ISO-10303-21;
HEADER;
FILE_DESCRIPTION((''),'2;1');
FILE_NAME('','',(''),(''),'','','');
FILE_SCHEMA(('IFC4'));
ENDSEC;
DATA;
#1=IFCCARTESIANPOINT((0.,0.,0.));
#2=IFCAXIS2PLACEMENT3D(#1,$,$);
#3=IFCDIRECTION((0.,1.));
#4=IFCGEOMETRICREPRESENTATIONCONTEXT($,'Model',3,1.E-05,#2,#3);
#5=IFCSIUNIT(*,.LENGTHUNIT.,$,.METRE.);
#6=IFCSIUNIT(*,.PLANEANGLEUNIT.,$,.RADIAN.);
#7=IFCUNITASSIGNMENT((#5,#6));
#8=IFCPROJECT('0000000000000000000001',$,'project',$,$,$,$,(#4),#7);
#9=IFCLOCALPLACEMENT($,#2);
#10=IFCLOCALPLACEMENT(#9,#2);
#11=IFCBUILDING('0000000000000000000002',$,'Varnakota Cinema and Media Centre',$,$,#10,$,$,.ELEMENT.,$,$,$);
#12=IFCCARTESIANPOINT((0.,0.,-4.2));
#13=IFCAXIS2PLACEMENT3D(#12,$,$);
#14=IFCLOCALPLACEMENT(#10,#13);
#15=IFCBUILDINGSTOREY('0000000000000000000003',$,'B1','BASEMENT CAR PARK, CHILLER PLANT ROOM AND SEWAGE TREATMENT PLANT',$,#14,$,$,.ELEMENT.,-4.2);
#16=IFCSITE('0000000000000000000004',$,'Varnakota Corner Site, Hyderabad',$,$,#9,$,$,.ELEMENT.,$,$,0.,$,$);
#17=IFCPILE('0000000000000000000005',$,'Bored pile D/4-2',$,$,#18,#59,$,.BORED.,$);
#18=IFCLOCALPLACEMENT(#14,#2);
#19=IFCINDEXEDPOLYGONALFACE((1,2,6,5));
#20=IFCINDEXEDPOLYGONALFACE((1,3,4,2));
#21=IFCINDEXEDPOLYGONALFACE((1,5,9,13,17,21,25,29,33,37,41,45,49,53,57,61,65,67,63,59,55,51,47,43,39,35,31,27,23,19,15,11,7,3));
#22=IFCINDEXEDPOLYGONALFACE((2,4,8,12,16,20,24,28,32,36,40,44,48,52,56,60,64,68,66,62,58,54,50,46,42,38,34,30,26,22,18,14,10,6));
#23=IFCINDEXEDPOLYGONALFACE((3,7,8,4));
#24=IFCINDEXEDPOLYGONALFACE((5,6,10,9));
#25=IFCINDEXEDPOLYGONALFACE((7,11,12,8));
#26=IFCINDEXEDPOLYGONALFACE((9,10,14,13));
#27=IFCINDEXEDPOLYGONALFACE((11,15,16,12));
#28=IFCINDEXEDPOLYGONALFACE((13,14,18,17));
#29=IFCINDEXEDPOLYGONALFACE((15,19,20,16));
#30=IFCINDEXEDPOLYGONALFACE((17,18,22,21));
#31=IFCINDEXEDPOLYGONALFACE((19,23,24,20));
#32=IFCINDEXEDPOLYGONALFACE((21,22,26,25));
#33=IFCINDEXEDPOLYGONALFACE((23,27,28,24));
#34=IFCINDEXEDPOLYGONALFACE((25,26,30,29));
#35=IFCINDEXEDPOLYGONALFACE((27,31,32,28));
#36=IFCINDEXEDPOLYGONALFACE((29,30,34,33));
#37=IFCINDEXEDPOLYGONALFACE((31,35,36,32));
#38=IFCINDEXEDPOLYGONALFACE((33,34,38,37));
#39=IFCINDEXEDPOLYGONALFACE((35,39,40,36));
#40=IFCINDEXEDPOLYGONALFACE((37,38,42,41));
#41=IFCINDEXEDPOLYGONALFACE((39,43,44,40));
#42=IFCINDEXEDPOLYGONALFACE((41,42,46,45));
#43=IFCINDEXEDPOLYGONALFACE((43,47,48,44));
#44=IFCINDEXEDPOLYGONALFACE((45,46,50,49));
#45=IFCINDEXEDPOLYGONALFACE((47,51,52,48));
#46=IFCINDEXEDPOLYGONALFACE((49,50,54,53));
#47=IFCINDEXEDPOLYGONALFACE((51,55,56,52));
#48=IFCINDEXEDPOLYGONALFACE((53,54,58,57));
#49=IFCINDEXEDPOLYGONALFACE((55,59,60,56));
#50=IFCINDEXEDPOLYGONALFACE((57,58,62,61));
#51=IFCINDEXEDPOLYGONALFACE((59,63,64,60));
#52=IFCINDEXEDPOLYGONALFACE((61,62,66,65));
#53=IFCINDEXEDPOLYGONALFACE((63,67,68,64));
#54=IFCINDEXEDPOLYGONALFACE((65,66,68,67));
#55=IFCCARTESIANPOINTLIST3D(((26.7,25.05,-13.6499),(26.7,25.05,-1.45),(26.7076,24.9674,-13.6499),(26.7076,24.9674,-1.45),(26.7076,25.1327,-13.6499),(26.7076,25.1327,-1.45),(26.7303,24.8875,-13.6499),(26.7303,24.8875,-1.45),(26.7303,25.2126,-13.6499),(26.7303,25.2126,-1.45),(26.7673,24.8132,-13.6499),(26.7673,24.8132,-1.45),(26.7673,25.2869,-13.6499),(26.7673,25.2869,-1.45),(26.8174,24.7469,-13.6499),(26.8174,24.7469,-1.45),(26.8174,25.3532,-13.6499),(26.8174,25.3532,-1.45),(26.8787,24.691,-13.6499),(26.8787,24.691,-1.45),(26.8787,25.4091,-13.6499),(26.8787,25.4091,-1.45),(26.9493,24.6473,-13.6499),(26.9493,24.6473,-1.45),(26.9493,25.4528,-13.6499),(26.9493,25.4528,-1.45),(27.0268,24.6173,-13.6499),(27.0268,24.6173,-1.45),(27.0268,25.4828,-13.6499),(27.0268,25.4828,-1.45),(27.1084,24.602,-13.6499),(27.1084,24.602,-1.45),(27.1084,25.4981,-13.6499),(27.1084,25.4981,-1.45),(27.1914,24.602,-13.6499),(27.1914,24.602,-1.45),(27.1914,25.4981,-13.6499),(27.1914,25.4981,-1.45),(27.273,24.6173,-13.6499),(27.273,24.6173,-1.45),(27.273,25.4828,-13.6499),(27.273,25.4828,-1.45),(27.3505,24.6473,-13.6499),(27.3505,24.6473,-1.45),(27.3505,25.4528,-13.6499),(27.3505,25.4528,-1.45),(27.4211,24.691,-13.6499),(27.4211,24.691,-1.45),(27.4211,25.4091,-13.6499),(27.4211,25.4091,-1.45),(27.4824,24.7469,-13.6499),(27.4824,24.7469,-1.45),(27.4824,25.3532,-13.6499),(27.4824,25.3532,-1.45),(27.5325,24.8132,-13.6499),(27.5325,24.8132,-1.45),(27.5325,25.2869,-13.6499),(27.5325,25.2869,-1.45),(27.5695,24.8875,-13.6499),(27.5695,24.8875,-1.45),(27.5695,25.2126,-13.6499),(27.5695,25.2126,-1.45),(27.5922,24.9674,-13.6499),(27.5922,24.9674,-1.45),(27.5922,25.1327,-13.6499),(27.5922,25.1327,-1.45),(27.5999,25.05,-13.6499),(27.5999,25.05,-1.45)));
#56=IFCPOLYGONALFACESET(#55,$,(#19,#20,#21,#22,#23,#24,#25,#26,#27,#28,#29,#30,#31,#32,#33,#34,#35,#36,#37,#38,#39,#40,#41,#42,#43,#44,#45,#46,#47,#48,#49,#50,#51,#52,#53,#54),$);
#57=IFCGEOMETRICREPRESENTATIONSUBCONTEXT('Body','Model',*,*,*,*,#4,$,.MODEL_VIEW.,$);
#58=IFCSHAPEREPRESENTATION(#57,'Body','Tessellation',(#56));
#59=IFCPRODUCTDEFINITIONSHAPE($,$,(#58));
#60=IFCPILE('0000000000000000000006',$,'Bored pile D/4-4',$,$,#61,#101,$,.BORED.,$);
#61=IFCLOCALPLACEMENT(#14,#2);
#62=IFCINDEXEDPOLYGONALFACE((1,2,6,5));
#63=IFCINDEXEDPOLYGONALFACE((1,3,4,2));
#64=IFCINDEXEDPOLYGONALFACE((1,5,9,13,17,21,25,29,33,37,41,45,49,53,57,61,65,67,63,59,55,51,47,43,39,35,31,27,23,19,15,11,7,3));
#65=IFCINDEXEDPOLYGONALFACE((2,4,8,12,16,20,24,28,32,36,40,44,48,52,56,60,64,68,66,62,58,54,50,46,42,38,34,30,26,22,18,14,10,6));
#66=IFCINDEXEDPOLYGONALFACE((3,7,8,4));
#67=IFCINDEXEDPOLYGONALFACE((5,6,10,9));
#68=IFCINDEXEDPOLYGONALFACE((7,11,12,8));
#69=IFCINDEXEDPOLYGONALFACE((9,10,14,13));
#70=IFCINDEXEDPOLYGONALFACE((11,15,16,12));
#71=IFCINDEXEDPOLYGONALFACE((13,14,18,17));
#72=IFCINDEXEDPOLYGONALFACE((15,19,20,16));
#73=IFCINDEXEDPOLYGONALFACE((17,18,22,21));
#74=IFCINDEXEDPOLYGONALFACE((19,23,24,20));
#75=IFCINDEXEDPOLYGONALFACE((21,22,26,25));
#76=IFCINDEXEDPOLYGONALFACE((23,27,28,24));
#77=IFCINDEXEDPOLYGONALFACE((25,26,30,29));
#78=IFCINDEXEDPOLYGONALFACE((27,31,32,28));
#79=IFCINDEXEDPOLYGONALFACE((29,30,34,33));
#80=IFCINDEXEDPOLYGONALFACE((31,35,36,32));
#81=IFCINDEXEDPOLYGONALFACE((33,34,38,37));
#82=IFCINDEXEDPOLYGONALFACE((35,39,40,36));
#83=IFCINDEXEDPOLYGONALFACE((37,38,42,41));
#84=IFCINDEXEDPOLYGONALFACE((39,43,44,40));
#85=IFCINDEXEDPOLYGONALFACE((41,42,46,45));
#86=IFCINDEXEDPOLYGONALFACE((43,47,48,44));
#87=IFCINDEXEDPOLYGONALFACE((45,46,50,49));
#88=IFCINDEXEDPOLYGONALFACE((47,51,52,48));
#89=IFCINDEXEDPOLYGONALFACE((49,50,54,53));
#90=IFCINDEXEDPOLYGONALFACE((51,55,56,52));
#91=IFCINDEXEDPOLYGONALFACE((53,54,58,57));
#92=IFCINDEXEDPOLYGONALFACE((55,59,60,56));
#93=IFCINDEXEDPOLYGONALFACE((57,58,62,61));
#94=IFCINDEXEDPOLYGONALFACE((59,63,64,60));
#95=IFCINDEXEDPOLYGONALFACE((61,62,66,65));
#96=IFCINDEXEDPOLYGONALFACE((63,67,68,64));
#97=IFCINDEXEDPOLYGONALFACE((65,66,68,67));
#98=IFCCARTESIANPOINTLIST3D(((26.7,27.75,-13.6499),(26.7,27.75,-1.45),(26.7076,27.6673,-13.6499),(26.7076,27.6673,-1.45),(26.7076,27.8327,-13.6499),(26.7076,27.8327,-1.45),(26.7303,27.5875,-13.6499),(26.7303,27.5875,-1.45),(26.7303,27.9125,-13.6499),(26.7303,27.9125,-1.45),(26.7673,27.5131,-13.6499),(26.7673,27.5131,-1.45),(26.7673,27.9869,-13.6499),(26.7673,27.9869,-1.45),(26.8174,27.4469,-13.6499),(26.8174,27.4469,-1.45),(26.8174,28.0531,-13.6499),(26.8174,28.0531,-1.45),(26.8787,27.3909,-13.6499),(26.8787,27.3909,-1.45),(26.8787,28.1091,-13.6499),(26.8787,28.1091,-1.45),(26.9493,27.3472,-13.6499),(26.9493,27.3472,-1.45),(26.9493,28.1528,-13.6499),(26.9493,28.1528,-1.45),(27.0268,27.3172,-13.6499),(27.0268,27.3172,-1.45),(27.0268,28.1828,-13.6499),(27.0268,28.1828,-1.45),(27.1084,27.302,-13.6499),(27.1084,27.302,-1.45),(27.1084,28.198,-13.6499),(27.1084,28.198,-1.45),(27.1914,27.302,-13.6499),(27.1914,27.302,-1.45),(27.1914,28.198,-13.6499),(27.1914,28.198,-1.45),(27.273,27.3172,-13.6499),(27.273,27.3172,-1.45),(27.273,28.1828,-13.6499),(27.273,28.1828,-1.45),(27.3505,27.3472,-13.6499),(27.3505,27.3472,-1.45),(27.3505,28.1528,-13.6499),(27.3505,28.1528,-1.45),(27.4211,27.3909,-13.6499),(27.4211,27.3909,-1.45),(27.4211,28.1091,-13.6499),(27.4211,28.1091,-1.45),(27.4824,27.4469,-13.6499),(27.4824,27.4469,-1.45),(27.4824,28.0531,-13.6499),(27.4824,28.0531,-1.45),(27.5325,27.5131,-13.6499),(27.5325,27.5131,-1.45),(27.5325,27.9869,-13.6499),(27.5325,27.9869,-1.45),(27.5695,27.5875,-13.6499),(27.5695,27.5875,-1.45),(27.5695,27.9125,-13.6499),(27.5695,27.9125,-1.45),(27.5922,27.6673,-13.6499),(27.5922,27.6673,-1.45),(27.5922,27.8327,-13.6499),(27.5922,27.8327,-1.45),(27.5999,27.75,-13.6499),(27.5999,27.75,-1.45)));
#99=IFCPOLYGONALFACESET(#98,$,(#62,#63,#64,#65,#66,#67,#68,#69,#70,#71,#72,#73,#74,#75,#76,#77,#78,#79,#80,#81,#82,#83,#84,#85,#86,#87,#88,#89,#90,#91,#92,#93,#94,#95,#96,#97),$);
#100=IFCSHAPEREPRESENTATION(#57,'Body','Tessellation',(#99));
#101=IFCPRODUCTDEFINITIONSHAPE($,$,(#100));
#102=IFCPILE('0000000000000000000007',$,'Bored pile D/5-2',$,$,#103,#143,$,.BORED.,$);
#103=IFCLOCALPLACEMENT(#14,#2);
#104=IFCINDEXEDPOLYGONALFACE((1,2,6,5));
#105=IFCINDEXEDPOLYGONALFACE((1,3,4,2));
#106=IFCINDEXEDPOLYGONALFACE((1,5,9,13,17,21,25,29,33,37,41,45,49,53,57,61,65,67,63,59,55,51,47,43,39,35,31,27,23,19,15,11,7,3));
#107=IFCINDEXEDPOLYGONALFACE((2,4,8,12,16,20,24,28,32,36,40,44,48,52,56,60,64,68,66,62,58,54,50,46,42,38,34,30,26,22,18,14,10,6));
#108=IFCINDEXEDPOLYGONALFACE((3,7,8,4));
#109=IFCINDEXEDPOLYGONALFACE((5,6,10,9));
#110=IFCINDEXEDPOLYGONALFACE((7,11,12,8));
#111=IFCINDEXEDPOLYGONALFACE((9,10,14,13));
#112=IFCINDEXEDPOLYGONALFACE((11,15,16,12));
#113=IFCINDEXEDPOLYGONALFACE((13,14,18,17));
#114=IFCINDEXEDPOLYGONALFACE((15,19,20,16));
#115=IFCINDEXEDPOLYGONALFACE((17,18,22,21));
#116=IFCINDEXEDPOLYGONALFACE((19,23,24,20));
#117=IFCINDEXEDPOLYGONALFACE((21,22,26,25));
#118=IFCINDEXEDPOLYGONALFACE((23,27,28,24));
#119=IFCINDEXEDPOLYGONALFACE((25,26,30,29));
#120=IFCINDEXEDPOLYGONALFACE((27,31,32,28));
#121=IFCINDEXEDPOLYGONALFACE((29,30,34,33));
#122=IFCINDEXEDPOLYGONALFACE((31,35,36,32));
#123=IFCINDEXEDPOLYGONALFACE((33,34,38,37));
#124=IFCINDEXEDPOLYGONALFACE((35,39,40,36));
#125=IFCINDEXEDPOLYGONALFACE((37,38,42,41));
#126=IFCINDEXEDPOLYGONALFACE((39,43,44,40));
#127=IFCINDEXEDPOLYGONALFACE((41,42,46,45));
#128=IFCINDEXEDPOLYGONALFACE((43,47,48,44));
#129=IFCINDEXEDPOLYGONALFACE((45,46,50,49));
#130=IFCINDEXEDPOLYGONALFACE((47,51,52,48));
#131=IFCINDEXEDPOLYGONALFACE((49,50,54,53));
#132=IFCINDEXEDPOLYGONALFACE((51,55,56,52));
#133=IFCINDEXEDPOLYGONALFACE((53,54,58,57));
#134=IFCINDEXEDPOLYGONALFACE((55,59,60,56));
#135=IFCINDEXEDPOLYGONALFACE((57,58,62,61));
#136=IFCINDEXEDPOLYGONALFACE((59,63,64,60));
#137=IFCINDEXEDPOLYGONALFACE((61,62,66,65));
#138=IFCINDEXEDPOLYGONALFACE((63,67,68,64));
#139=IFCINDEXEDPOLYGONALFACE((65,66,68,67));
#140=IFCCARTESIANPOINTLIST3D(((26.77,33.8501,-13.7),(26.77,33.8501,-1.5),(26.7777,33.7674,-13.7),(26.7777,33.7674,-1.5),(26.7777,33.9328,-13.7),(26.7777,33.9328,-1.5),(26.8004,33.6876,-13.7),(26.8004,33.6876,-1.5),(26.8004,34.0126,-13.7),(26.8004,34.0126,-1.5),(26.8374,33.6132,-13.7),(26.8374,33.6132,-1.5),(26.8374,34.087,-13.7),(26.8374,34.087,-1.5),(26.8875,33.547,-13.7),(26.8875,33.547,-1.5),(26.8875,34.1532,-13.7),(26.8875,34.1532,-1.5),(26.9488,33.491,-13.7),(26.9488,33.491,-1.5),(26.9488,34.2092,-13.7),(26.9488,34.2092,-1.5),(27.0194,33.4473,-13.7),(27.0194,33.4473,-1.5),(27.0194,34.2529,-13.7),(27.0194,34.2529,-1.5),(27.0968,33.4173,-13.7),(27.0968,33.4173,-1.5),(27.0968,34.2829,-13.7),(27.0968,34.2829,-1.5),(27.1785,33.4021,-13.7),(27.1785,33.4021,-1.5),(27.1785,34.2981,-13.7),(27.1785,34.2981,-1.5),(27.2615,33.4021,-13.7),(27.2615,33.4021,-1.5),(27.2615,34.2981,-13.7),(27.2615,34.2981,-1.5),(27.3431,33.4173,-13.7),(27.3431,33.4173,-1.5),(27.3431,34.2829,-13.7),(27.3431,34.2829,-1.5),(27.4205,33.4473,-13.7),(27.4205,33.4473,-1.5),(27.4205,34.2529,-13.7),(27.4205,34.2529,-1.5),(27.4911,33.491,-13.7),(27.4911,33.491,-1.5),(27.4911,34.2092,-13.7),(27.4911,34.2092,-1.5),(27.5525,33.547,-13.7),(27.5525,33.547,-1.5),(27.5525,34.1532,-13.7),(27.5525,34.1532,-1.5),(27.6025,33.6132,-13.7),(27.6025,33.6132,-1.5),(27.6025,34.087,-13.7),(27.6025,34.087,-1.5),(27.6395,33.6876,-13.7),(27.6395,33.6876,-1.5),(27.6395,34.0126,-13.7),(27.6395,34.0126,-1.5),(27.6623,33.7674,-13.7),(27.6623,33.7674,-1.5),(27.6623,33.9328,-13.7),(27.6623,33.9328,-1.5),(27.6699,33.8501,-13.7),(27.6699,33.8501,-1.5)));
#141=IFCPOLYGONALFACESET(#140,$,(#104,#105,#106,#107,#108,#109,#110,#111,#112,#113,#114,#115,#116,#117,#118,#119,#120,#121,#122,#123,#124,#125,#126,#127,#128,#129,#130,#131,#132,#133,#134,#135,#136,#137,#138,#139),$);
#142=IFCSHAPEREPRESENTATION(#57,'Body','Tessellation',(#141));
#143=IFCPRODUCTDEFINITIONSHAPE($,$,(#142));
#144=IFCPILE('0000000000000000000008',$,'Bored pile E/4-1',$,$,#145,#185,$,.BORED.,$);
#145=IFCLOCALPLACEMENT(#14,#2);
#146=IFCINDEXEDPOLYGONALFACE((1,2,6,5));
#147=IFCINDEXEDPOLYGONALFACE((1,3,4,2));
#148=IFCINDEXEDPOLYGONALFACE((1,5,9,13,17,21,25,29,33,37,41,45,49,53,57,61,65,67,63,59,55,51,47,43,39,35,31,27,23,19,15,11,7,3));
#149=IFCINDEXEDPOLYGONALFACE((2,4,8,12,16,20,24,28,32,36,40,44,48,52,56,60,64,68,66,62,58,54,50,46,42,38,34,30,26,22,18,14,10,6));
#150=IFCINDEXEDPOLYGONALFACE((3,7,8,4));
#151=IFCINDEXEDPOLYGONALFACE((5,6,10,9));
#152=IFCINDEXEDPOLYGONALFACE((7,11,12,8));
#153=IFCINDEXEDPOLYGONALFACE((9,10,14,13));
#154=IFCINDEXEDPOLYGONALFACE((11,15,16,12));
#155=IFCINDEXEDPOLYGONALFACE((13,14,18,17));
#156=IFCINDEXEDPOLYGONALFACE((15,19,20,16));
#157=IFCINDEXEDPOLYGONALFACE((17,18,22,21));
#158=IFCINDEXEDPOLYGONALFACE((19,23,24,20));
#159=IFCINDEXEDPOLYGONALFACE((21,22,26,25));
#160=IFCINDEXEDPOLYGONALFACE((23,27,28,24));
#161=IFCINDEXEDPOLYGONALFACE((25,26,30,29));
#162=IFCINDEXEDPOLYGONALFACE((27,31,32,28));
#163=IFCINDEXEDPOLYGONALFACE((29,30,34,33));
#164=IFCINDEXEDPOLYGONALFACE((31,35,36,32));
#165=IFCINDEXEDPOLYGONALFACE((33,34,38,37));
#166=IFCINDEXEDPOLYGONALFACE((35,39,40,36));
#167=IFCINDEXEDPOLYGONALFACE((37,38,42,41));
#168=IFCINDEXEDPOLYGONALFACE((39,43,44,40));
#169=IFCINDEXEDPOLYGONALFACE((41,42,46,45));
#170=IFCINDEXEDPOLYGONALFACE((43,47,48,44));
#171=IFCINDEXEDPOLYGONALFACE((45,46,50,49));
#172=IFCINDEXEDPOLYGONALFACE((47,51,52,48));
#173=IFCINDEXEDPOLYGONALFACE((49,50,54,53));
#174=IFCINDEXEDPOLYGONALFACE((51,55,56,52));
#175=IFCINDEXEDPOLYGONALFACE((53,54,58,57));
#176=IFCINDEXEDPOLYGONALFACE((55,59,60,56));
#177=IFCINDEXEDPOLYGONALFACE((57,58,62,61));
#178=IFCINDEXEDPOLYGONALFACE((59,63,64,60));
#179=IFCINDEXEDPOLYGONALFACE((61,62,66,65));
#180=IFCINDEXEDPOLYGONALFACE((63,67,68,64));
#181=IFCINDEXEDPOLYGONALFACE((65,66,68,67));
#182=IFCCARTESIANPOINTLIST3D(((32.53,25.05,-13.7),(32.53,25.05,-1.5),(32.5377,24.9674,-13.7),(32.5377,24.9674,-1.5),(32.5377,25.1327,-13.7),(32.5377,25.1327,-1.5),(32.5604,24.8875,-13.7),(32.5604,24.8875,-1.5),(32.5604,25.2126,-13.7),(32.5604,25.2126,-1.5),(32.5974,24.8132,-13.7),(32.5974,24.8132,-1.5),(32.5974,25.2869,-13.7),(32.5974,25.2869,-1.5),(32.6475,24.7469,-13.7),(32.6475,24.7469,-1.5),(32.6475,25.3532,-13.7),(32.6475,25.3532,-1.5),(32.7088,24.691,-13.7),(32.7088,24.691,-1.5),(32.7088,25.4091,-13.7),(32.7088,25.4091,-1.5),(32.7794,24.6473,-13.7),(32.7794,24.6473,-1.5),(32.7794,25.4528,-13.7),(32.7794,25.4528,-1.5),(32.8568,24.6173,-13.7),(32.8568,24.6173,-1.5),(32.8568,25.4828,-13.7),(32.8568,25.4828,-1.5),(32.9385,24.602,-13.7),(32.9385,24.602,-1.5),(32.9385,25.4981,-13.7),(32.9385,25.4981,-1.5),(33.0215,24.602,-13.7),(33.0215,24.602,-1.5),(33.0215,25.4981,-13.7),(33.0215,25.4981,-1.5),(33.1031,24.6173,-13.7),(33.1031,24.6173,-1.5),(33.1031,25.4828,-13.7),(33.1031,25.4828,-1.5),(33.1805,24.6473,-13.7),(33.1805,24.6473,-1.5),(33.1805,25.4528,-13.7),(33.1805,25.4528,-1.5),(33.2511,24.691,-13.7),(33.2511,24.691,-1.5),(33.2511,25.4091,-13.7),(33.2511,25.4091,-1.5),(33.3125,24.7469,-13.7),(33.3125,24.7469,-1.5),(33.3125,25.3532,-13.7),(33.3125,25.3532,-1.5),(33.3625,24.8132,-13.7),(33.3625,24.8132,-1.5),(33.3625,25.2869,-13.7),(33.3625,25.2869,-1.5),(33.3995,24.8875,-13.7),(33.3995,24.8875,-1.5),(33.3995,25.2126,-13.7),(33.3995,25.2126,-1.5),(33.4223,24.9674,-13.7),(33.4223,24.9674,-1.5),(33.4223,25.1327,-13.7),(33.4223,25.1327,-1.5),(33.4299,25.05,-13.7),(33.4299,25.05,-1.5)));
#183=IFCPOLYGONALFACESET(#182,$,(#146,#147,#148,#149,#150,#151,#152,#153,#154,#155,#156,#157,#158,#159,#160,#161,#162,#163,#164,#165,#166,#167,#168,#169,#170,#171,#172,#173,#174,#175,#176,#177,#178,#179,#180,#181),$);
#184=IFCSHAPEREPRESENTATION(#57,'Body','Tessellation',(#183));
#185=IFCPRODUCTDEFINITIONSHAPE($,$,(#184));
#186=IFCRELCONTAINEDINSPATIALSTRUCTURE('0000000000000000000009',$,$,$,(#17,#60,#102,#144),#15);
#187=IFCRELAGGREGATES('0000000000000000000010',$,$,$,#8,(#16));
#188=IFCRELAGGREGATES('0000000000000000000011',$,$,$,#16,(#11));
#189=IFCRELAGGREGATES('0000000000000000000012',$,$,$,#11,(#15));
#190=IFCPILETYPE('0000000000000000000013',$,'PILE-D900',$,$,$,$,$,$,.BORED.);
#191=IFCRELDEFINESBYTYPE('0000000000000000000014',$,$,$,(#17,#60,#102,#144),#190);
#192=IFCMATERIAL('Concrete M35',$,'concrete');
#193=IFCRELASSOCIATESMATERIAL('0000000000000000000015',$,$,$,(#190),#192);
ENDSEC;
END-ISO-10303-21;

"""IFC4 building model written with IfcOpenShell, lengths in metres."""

from ifc_helpers import new_model, si_unit, direction, frame, origin, origin_2d, place, context, subcontext, project, spatial, circle, extrude, material, material_profile, profile_set, type_object, element, save


model = new_model("IFC4")

# Units and contexts
model_context = context("Model", 3, precision=1e-05, world=origin(), true_north=direction((0.0, 1.0)))
body_context = subcontext(model_context, "Body", "Model", "MODEL_VIEW")
ifc_project = project(units=[si_unit("LENGTHUNIT", "METRE"), si_unit("PLANEANGLEUNIT", "RADIAN")], contexts=[model_context])

# Site, building, storey
site_placement = place(None, origin())
site = spatial("IfcSite", under=ifc_project, at=site_placement, Name="Varnakota Corner Site, Hyderabad", CompositionType="ELEMENT", RefElevation=0.0)
building_placement = place(site_placement, origin())
building = spatial("IfcBuilding", under=site, at=building_placement, Name="Varnakota Cinema and Media Centre", CompositionType="ELEMENT")
storey_placement = place(building_placement, frame((0.0, 0.0, -4.2)))
storey = spatial("IfcBuildingStorey", under=building, at=storey_placement, Name="B1", Description="BASEMENT CAR PARK, CHILLER PLANT ROOM AND SEWAGE TREATMENT PLANT", CompositionType="ELEMENT", Elevation=-4.2)

# Piles
ifc_material_1 = material(Name="Concrete M35", Category="concrete")
ifc_material_profile_1 = material_profile(ifc_material_1, circle(Radius=0.45, at=origin_2d()), Name="PILE D900")
ifc_profile_set_1 = profile_set([ifc_material_profile_1], Name="Concrete M35")
pile_type_1 = type_object("IfcPileType", Name="PILE-D900", PredefinedType="BORED", material=ifc_profile_set_1)
for number, where, z_axis, x_axis, name in (
    (1, (27.1499, 25.05, -1.45), (0.0, 0.0, -1.0), (1.0, 0.0, 0.0), "Bored pile D/4-2"),
    (2, (27.1499, 27.75, -1.45), (0.0, 0.0, -1.0), (1.0, 0.0, 0.0), "Bored pile D/4-4"),
    (3, (27.22, 33.8501, -1.5), (0.0, 0.0, -1.0), (1.0, 0.0, 0.0), "Bored pile D/5-2"),
    (4, (32.98, 25.05, -1.5), (0.0, 0.0, -1.0), (1.0, 0.0, 0.0), "Bored pile E/4-1"),
):
    element("IfcPile", number, at=place(storey_placement, frame(where, z_axis=z_axis, x_axis=x_axis)), inside=storey, type_object=pile_type_1, Name=name, PredefinedType="BORED", context=body_context, shape_type="SweptSolid", body=[
        extrude(circle(Radius=0.45, at=origin_2d()), origin(), (0.0, 0.0, 1.0), 12.2),
    ])

save(model, "model.ifc")
